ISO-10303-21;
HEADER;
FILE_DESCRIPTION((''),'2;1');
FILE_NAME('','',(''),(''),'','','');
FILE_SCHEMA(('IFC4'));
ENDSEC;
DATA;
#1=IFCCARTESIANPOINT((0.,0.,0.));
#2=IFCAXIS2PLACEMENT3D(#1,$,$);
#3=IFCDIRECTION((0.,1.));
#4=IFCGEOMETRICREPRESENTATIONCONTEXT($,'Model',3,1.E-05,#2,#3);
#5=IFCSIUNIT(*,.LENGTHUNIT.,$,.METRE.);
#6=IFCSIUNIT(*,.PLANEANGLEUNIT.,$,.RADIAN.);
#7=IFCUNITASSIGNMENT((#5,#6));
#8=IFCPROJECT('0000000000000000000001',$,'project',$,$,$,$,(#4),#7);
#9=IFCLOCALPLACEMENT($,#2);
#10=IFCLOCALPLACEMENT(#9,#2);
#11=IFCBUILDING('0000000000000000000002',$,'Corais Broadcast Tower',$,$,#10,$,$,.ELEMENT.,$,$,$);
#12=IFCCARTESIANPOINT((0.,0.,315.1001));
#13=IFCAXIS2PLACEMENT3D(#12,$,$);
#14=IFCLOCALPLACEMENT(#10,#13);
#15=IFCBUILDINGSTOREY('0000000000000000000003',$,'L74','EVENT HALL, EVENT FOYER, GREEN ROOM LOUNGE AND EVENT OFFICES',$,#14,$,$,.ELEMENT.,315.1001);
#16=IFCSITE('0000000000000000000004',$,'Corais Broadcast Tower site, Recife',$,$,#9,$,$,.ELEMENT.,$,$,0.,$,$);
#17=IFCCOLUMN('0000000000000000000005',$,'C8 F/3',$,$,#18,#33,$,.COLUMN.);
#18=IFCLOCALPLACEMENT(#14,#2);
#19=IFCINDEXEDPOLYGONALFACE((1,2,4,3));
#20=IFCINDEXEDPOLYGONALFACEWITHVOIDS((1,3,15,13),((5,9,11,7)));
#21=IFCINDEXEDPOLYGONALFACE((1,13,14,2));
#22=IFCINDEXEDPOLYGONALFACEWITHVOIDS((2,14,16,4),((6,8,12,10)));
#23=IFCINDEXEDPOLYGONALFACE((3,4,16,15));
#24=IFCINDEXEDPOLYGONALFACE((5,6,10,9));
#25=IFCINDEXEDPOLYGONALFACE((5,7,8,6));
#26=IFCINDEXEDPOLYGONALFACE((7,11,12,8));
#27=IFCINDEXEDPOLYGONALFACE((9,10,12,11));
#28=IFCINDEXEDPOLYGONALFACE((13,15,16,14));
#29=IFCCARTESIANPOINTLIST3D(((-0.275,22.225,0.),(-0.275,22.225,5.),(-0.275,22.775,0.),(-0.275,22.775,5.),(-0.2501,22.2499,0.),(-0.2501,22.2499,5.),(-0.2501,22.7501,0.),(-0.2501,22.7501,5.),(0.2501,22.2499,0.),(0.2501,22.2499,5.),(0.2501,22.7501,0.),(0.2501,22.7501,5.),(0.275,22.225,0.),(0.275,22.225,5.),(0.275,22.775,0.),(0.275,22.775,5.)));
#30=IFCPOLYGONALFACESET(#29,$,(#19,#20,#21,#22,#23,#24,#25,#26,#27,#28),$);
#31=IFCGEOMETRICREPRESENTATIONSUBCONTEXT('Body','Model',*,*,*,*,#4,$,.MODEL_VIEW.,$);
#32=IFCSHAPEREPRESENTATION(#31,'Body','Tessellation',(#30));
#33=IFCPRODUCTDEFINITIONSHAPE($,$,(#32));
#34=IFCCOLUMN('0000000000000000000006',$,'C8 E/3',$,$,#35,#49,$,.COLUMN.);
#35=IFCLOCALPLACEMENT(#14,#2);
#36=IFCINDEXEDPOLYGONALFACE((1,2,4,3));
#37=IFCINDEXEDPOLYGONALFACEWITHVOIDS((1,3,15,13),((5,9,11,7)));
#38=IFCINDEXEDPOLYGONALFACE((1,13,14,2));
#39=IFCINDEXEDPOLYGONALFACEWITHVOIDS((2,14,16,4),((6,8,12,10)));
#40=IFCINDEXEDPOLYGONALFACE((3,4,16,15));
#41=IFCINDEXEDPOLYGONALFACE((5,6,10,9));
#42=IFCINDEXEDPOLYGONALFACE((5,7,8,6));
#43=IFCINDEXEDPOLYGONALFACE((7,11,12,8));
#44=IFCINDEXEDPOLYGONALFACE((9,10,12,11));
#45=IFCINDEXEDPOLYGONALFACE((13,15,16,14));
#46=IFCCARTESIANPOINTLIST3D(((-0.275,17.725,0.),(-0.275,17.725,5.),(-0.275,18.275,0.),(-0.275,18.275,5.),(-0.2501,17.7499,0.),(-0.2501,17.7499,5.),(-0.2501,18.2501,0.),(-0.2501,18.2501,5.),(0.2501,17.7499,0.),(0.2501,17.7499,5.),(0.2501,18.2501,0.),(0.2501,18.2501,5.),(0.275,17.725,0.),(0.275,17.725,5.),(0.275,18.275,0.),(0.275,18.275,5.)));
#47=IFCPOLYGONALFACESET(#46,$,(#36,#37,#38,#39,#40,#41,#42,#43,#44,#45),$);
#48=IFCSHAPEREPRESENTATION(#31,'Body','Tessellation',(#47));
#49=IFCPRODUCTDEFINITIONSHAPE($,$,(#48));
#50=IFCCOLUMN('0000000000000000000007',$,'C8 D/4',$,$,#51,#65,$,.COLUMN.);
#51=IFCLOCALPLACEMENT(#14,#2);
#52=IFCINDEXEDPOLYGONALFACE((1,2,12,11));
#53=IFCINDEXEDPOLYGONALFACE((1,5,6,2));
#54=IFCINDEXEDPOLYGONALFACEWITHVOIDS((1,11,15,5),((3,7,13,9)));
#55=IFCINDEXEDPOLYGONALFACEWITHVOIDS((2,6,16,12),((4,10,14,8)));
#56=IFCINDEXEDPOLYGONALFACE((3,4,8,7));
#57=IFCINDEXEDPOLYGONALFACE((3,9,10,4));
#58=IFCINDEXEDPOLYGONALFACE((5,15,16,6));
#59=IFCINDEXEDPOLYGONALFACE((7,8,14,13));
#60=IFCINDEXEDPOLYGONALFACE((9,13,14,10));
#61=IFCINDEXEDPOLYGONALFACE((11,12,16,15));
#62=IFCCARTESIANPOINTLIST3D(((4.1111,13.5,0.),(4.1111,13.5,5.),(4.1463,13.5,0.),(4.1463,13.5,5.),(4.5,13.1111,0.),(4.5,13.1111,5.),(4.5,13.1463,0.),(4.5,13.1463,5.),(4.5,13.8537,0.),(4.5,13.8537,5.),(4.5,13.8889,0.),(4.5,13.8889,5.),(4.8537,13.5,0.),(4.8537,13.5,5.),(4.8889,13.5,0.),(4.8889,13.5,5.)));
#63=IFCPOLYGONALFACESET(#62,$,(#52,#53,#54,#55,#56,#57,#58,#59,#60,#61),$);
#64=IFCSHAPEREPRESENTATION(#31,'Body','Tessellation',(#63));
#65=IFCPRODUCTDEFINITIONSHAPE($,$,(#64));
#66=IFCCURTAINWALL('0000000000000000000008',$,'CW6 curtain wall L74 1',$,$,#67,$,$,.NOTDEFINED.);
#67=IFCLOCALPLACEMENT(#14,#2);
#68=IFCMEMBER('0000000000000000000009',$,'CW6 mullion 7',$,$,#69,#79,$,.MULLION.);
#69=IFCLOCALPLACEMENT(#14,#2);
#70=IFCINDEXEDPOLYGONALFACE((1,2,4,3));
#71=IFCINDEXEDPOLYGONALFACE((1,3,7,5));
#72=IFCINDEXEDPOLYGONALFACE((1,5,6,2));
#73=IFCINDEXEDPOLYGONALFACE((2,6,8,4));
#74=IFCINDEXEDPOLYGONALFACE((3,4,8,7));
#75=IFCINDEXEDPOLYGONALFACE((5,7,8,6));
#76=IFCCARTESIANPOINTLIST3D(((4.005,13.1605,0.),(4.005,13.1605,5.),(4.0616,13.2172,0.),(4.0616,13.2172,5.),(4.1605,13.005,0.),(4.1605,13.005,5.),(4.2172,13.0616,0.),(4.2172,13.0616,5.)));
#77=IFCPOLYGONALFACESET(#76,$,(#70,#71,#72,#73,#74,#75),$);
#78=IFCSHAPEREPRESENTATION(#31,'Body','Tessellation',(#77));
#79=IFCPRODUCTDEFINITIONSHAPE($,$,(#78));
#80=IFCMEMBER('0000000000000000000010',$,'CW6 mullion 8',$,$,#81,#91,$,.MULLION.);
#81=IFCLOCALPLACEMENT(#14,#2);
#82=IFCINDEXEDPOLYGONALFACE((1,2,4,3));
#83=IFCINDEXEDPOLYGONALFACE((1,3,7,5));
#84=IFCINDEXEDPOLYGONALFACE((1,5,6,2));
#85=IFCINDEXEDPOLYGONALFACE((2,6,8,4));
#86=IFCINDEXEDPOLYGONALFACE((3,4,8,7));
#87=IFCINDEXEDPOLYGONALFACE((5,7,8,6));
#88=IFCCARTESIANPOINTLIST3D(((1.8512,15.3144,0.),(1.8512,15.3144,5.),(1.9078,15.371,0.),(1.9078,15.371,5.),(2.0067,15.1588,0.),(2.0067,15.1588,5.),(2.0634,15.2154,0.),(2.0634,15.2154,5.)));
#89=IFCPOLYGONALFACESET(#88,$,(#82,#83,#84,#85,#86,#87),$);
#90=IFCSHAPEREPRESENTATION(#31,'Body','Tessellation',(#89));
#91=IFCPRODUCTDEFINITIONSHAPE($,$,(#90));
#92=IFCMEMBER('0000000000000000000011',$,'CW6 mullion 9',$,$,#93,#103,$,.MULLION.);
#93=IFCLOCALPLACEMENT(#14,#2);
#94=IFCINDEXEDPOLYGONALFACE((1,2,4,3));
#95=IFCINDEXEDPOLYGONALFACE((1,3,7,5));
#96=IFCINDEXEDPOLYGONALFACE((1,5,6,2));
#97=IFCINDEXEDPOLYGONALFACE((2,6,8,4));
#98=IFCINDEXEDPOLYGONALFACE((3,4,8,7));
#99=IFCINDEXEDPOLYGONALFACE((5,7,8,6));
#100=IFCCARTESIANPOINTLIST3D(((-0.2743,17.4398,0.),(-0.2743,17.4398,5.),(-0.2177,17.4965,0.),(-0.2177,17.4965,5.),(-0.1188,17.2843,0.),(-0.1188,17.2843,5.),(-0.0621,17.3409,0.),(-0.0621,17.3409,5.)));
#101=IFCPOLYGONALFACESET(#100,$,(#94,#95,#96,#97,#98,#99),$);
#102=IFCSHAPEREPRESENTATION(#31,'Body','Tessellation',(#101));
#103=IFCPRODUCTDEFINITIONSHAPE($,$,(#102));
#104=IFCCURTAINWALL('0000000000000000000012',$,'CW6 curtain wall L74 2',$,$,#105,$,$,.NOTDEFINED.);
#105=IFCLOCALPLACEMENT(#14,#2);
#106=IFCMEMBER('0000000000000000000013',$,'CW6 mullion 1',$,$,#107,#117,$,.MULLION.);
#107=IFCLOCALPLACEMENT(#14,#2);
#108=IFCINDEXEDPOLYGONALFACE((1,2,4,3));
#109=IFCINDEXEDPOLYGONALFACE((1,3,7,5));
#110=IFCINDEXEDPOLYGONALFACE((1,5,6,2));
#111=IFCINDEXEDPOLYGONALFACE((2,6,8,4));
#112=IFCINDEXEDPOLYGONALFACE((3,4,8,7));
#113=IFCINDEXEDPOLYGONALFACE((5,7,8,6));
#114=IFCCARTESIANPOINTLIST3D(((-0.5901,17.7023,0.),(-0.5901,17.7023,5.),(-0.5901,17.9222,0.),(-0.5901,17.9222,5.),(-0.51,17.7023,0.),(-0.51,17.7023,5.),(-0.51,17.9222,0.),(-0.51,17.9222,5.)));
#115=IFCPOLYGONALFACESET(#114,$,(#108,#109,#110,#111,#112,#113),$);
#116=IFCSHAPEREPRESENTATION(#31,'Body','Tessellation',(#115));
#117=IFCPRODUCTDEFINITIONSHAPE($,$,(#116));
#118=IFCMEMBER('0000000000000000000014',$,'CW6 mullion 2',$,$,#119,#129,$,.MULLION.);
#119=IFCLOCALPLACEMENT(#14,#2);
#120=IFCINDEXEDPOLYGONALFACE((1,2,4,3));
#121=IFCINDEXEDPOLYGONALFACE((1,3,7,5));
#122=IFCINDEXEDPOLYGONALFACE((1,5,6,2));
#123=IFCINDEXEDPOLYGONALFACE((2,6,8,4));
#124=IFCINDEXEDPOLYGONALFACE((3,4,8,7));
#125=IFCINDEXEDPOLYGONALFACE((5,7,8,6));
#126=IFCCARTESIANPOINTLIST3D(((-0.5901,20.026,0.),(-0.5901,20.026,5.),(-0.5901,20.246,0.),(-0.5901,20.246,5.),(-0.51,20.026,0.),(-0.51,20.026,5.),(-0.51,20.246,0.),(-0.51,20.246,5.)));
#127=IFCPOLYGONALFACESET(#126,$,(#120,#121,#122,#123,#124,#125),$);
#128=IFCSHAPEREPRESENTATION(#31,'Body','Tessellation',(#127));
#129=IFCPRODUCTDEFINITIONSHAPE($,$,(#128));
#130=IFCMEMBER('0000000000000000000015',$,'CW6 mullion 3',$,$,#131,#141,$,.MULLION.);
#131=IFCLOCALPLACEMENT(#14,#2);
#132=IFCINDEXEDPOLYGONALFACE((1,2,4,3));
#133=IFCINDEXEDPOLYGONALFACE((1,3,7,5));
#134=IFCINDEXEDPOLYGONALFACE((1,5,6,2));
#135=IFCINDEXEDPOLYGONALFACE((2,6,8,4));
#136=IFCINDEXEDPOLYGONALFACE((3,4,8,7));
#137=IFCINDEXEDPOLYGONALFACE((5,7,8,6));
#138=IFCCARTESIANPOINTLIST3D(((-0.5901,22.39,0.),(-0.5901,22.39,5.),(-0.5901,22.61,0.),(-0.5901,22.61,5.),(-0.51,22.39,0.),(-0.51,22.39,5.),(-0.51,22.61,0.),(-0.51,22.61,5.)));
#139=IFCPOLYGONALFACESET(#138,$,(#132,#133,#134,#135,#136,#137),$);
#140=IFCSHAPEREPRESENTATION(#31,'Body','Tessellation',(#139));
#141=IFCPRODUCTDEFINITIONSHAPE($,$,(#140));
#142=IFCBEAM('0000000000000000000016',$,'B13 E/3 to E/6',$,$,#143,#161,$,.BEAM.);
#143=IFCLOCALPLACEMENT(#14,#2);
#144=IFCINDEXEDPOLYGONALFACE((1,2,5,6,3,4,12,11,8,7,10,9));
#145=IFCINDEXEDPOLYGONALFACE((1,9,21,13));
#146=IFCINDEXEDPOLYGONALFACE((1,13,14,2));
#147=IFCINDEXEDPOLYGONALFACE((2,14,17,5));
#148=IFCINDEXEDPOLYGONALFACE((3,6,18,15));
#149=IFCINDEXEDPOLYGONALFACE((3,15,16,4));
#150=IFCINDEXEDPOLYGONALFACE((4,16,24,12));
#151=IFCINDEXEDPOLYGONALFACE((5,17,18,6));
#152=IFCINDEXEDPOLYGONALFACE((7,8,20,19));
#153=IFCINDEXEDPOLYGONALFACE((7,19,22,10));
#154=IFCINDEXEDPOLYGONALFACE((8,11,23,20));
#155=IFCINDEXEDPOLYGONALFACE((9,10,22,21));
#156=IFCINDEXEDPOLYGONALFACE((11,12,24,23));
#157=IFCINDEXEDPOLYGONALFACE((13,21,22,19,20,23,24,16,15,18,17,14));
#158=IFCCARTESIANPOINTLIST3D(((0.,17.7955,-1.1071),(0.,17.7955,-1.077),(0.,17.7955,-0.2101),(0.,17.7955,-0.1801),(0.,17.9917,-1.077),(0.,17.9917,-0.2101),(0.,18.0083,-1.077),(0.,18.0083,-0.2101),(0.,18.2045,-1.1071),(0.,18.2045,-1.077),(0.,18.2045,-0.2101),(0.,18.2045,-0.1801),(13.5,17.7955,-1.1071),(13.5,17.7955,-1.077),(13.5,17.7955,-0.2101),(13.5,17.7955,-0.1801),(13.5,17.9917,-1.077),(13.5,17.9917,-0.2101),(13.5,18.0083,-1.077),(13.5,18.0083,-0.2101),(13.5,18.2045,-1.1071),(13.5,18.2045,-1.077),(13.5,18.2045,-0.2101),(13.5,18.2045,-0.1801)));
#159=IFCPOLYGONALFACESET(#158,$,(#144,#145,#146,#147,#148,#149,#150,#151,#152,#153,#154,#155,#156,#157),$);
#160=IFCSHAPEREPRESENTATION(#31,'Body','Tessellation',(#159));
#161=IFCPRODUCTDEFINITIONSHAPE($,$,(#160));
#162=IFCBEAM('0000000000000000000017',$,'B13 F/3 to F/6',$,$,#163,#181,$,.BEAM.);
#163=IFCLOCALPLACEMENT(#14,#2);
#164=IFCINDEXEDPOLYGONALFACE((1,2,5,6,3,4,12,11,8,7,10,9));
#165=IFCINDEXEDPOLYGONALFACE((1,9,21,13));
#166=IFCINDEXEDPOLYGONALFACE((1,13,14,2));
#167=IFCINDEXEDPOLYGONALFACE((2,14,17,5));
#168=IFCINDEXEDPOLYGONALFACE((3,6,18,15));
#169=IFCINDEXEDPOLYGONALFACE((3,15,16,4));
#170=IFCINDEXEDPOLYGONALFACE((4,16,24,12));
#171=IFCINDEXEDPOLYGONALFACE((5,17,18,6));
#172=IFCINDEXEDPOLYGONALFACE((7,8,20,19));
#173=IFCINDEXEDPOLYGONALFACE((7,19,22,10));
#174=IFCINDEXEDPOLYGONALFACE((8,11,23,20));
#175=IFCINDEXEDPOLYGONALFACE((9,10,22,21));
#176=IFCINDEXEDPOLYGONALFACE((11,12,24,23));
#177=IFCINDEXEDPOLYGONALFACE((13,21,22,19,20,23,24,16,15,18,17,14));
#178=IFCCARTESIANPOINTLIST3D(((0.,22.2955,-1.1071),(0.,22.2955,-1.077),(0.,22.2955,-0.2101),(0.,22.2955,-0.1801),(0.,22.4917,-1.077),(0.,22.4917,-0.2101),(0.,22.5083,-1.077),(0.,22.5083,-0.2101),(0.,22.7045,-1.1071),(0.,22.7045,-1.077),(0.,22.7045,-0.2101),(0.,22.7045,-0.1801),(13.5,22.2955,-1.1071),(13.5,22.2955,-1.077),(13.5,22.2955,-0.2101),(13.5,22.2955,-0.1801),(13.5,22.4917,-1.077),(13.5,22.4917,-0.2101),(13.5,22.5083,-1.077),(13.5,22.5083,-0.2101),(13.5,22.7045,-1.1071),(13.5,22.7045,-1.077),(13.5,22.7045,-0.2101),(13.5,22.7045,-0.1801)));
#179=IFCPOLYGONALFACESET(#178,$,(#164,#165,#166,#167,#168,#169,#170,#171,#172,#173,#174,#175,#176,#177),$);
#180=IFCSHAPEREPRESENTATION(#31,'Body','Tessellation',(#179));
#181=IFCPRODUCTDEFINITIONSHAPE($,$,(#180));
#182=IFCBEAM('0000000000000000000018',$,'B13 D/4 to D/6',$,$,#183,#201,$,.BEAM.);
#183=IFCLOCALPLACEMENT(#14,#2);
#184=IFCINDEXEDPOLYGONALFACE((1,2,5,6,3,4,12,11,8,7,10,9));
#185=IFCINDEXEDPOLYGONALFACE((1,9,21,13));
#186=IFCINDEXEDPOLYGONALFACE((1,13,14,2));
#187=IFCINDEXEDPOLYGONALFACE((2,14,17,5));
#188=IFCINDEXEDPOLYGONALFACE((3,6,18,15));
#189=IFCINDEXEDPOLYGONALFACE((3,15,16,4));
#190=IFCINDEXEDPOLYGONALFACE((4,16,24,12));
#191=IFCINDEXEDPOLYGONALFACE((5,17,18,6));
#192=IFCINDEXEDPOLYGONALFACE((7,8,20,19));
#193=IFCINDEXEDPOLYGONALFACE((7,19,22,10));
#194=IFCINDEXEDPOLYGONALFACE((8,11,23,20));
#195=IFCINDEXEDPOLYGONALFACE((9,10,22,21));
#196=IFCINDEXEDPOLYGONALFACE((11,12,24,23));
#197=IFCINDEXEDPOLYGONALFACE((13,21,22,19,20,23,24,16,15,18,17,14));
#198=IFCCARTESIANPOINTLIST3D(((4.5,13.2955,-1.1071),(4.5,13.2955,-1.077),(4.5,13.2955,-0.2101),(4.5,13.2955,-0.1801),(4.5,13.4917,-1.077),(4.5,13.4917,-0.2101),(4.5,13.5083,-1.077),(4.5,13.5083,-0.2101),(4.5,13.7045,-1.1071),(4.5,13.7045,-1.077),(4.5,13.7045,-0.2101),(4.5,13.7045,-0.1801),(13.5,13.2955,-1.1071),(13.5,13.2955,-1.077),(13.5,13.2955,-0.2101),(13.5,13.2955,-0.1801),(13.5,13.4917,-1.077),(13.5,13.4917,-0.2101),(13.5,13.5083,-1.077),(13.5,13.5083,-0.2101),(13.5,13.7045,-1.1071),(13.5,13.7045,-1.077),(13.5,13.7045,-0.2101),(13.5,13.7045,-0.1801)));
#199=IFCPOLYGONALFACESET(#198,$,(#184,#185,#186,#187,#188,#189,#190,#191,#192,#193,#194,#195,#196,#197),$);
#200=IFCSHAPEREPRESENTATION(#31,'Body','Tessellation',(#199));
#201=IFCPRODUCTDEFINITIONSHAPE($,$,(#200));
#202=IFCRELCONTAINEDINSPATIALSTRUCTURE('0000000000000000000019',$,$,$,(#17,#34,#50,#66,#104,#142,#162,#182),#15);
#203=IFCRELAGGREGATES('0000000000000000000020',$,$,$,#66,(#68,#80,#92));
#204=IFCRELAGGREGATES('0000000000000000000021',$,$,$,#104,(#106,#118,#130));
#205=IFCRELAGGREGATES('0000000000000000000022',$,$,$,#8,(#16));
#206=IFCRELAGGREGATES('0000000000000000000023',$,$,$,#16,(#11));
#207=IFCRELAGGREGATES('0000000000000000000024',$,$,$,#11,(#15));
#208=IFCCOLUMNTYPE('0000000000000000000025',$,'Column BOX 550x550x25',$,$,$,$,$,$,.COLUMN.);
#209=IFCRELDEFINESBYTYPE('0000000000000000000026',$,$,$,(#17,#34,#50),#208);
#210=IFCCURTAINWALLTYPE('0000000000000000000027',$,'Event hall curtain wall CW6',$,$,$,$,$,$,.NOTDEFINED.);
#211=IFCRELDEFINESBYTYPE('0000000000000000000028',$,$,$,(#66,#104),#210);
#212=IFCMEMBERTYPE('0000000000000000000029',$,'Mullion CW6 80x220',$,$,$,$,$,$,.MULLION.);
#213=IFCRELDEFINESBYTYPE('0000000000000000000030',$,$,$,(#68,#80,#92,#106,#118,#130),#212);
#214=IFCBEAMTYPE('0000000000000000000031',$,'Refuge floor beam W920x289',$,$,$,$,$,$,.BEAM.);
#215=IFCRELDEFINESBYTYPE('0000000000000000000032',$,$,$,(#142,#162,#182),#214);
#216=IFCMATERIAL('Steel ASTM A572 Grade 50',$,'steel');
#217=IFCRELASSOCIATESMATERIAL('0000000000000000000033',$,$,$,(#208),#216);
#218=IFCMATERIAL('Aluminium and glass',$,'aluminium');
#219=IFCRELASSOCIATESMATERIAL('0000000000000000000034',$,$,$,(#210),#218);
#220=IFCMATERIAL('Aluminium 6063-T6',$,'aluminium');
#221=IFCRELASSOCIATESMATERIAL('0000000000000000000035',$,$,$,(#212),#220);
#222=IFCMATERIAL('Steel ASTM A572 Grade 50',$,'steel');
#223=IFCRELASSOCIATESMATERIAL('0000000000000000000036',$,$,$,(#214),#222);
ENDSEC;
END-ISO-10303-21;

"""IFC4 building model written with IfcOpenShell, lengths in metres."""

from ifc_helpers import new_model, si_unit, direction, frame, origin, origin_2d, place, context, subcontext, project, spatial, rectangle, hollow_rectangle, i_section, extrude, material, material_profile, profile_set, type_object, element, aggregate, save


model = new_model("IFC4")

# Units and contexts
model_context = context("Model", 3, precision=1e-05, world=origin(), true_north=direction((0.0, 1.0)))
body_context = subcontext(model_context, "Body", "Model", "MODEL_VIEW")
ifc_project = project(units=[si_unit("LENGTHUNIT", "METRE"), si_unit("PLANEANGLEUNIT", "RADIAN")], contexts=[model_context])

# Site, building, storey
site_placement = place(None, origin())
site = spatial("IfcSite", under=ifc_project, at=site_placement, Name="Corais Broadcast Tower site, Recife", CompositionType="ELEMENT", RefElevation=0.0)
building_placement = place(site_placement, origin())
building = spatial("IfcBuilding", under=site, at=building_placement, Name="Corais Broadcast Tower", CompositionType="ELEMENT")
storey_placement = place(building_placement, frame((0.0, 0.0, 315.1001)))
storey = spatial("IfcBuildingStorey", under=building, at=storey_placement, Name="L74", Description="EVENT HALL, EVENT FOYER, GREEN ROOM LOUNGE AND EVENT OFFICES", CompositionType="ELEMENT", Elevation=315.1001)

# Columns
ifc_material_1 = material(Name="Steel ASTM A572 Grade 50", Category="steel")
ifc_material_profile_1 = material_profile(ifc_material_1, hollow_rectangle(XDim=0.55, YDim=0.55, WallThickness=0.0249, at=origin_2d()), Name="BOX 550x550x25")
ifc_profile_set_1 = profile_set([ifc_material_profile_1], Name="Steel ASTM A572 Grade 50")
column_type = type_object("IfcColumnType", Name="Column BOX 550x550x25", PredefinedType="COLUMN", material=ifc_profile_set_1)
for number, where, z_axis, x_axis, name in (
    (1, (0.0, 22.5, 0.0), (0.0, 0.0, 1.0), (1.0, 0.0, 0.0), "C8 F/3"),
    (2, (0.0, 18.0, 0.0), (0.0, 0.0, 1.0), (1.0, 0.0, 0.0), "C8 E/3"),
    (3, (4.5, 13.5, 0.0), (0.0, 0.0, 1.0), (0.707107, 0.707107, 0.0), "C8 D/4"),
):
    element("IfcColumn", number, at=place(storey_placement, frame(where, z_axis=z_axis, x_axis=x_axis)), inside=storey, type_object=column_type, Name=name, PredefinedType="COLUMN", context=body_context, shape_type="SweptSolid", body=[
        extrude(hollow_rectangle(XDim=0.55, YDim=0.55, WallThickness=0.0249, at=origin_2d()), origin(), (0.0, 0.0, 1.0), 5.0),
    ])

# Curtain walls, members
ifc_material_2 = material(Name="Aluminium and glass", Category="aluminium")
curtain_wall_type = type_object("IfcCurtainWallType", Name="Event hall curtain wall CW6", PredefinedType="NOTDEFINED", material=ifc_material_2)
curtain_wall_1_placement = place(storey_placement, origin())
curtain_wall_1 = element("IfcCurtainWall", 4, at=curtain_wall_1_placement, inside=storey, type_object=curtain_wall_type, Name="CW6 curtain wall L74 1", PredefinedType="NOTDEFINED")
ifc_material_3 = material(Name="Aluminium 6063-T6", Category="aluminium")
ifc_material_profile_2 = material_profile(ifc_material_3, rectangle(XDim=0.0801, YDim=0.22, at=origin_2d()), Name="Mullion CW6 80x220")
ifc_profile_set_2 = profile_set([ifc_material_profile_2], Name="Aluminium 6063-T6")
member_type_1 = type_object("IfcMemberType", Name="Mullion CW6 80x220", PredefinedType="MULLION", material=ifc_profile_set_2)
member_1_placement = place(storey_placement, frame((4.1111, 13.1111, 0.0), z_axis=(0.0, 0.0, 1.0), x_axis=(-0.707107, -0.707107, 0.0)))
member_1 = element("IfcMember", 5, at=member_1_placement, type_object=member_type_1, Name="CW6 mullion 7", PredefinedType="MULLION", context=body_context, shape_type="SweptSolid", body=[
    extrude(rectangle(XDim=0.0801, YDim=0.22, at=origin_2d()), origin(), (0.0, 0.0, 1.0), 5.0),
])
member_2_placement = place(storey_placement, frame((1.9573, 15.2649, 0.0), z_axis=(0.0, 0.0, 1.0), x_axis=(-0.707107, -0.707107, 0.0)))
member_2 = element("IfcMember", 6, at=member_2_placement, type_object=member_type_1, Name="CW6 mullion 8", PredefinedType="MULLION", context=body_context, shape_type="SweptSolid", body=[
    extrude(rectangle(XDim=0.0801, YDim=0.22, at=origin_2d()), origin(), (0.0, 0.0, 1.0), 5.0),
])
member_3_placement = place(storey_placement, frame((-0.1682, 17.3904, 0.0), z_axis=(0.0, 0.0, 1.0), x_axis=(-0.707107, -0.707107, 0.0)))
member_3 = element("IfcMember", 7, at=member_3_placement, type_object=member_type_1, Name="CW6 mullion 9", PredefinedType="MULLION", context=body_context, shape_type="SweptSolid", body=[
    extrude(rectangle(XDim=0.0801, YDim=0.22, at=origin_2d()), origin(), (0.0, 0.0, 1.0), 5.0),
])
curtain_wall_2_placement = place(storey_placement, origin())
curtain_wall_2 = element("IfcCurtainWall", 8, at=curtain_wall_2_placement, inside=storey, type_object=curtain_wall_type, Name="CW6 curtain wall L74 2", PredefinedType="NOTDEFINED")
member_4_placement = place(storey_placement, frame((-0.55, 17.8123, 0.0), z_axis=(0.0, 0.0, 1.0), x_axis=(-1.0, 0.0, 0.0)))
member_4 = element("IfcMember", 9, at=member_4_placement, type_object=member_type_1, Name="CW6 mullion 1", PredefinedType="MULLION", context=body_context, shape_type="SweptSolid", body=[
    extrude(rectangle(XDim=0.0801, YDim=0.22, at=origin_2d()), origin(), (0.0, 0.0, 1.0), 5.0),
])
member_5_placement = place(storey_placement, frame((-0.55, 20.136, 0.0), z_axis=(0.0, 0.0, 1.0), x_axis=(-1.0, 0.0, 0.0)))
member_5 = element("IfcMember", 10, at=member_5_placement, type_object=member_type_1, Name="CW6 mullion 2", PredefinedType="MULLION", context=body_context, shape_type="SweptSolid", body=[
    extrude(rectangle(XDim=0.0801, YDim=0.22, at=origin_2d()), origin(), (0.0, 0.0, 1.0), 5.0),
])
member_6_placement = place(storey_placement, frame((-0.55, 22.5, 0.0), z_axis=(0.0, 0.0, 1.0), x_axis=(-1.0, 0.0, 0.0)))
member_6 = element("IfcMember", 11, at=member_6_placement, type_object=member_type_1, Name="CW6 mullion 3", PredefinedType="MULLION", context=body_context, shape_type="SweptSolid", body=[
    extrude(rectangle(XDim=0.0801, YDim=0.22, at=origin_2d()), origin(), (0.0, 0.0, 1.0), 5.0),
])

# Beams
ifc_material_4 = material(Name="Steel ASTM A572 Grade 50", Category="steel")
ifc_material_profile_3 = material_profile(ifc_material_4, i_section(OverallWidth=0.4089, OverallDepth=0.927, WebThickness=0.0166, FlangeThickness=0.03, at=origin_2d()), Name="W920x289")
ifc_profile_set_3 = profile_set([ifc_material_profile_3], Name="Steel ASTM A572 Grade 50")
beam_type_1 = type_object("IfcBeamType", Name="Refuge floor beam W920x289", PredefinedType="BEAM", material=ifc_profile_set_3)
for number, where, z_axis, x_axis, name in (
    (12, (0.0, 18.0, -0.6436), (1.0, 0.0, 0.0), (0.0, 1.0, 0.0), "B13 E/3 to E/6"),
    (13, (0.0, 22.5, -0.6436), (1.0, 0.0, 0.0), (0.0, 1.0, 0.0), "B13 F/3 to F/6"),
):
    element("IfcBeam", number, at=place(storey_placement, frame(where, z_axis=z_axis, x_axis=x_axis)), inside=storey, type_object=beam_type_1, Name=name, PredefinedType="BEAM", context=body_context, shape_type="SweptSolid", body=[
        extrude(i_section(OverallWidth=0.4089, OverallDepth=0.927, WebThickness=0.0166, FlangeThickness=0.03, at=origin_2d()), origin(), (0.0, 0.0, 1.0), 13.5),
    ])
beam_1_placement = place(storey_placement, frame((4.5, 13.5, -0.6436), z_axis=(1.0, 0.0, 0.0), x_axis=(0.0, 1.0, 0.0)))
element("IfcBeam", 14, at=beam_1_placement, inside=storey, type_object=beam_type_1, Name="B13 D/4 to D/6", PredefinedType="BEAM", context=body_context, shape_type="SweptSolid", body=[
    extrude(i_section(OverallWidth=0.4089, OverallDepth=0.927, WebThickness=0.0166, FlangeThickness=0.03, at=origin_2d()), origin(), (0.0, 0.0, 1.0), 9.0),
])

aggregate(curtain_wall_1, [member_1, member_2, member_3])
aggregate(curtain_wall_2, [member_4, member_5, member_6])

save(model, "model.ifc")
